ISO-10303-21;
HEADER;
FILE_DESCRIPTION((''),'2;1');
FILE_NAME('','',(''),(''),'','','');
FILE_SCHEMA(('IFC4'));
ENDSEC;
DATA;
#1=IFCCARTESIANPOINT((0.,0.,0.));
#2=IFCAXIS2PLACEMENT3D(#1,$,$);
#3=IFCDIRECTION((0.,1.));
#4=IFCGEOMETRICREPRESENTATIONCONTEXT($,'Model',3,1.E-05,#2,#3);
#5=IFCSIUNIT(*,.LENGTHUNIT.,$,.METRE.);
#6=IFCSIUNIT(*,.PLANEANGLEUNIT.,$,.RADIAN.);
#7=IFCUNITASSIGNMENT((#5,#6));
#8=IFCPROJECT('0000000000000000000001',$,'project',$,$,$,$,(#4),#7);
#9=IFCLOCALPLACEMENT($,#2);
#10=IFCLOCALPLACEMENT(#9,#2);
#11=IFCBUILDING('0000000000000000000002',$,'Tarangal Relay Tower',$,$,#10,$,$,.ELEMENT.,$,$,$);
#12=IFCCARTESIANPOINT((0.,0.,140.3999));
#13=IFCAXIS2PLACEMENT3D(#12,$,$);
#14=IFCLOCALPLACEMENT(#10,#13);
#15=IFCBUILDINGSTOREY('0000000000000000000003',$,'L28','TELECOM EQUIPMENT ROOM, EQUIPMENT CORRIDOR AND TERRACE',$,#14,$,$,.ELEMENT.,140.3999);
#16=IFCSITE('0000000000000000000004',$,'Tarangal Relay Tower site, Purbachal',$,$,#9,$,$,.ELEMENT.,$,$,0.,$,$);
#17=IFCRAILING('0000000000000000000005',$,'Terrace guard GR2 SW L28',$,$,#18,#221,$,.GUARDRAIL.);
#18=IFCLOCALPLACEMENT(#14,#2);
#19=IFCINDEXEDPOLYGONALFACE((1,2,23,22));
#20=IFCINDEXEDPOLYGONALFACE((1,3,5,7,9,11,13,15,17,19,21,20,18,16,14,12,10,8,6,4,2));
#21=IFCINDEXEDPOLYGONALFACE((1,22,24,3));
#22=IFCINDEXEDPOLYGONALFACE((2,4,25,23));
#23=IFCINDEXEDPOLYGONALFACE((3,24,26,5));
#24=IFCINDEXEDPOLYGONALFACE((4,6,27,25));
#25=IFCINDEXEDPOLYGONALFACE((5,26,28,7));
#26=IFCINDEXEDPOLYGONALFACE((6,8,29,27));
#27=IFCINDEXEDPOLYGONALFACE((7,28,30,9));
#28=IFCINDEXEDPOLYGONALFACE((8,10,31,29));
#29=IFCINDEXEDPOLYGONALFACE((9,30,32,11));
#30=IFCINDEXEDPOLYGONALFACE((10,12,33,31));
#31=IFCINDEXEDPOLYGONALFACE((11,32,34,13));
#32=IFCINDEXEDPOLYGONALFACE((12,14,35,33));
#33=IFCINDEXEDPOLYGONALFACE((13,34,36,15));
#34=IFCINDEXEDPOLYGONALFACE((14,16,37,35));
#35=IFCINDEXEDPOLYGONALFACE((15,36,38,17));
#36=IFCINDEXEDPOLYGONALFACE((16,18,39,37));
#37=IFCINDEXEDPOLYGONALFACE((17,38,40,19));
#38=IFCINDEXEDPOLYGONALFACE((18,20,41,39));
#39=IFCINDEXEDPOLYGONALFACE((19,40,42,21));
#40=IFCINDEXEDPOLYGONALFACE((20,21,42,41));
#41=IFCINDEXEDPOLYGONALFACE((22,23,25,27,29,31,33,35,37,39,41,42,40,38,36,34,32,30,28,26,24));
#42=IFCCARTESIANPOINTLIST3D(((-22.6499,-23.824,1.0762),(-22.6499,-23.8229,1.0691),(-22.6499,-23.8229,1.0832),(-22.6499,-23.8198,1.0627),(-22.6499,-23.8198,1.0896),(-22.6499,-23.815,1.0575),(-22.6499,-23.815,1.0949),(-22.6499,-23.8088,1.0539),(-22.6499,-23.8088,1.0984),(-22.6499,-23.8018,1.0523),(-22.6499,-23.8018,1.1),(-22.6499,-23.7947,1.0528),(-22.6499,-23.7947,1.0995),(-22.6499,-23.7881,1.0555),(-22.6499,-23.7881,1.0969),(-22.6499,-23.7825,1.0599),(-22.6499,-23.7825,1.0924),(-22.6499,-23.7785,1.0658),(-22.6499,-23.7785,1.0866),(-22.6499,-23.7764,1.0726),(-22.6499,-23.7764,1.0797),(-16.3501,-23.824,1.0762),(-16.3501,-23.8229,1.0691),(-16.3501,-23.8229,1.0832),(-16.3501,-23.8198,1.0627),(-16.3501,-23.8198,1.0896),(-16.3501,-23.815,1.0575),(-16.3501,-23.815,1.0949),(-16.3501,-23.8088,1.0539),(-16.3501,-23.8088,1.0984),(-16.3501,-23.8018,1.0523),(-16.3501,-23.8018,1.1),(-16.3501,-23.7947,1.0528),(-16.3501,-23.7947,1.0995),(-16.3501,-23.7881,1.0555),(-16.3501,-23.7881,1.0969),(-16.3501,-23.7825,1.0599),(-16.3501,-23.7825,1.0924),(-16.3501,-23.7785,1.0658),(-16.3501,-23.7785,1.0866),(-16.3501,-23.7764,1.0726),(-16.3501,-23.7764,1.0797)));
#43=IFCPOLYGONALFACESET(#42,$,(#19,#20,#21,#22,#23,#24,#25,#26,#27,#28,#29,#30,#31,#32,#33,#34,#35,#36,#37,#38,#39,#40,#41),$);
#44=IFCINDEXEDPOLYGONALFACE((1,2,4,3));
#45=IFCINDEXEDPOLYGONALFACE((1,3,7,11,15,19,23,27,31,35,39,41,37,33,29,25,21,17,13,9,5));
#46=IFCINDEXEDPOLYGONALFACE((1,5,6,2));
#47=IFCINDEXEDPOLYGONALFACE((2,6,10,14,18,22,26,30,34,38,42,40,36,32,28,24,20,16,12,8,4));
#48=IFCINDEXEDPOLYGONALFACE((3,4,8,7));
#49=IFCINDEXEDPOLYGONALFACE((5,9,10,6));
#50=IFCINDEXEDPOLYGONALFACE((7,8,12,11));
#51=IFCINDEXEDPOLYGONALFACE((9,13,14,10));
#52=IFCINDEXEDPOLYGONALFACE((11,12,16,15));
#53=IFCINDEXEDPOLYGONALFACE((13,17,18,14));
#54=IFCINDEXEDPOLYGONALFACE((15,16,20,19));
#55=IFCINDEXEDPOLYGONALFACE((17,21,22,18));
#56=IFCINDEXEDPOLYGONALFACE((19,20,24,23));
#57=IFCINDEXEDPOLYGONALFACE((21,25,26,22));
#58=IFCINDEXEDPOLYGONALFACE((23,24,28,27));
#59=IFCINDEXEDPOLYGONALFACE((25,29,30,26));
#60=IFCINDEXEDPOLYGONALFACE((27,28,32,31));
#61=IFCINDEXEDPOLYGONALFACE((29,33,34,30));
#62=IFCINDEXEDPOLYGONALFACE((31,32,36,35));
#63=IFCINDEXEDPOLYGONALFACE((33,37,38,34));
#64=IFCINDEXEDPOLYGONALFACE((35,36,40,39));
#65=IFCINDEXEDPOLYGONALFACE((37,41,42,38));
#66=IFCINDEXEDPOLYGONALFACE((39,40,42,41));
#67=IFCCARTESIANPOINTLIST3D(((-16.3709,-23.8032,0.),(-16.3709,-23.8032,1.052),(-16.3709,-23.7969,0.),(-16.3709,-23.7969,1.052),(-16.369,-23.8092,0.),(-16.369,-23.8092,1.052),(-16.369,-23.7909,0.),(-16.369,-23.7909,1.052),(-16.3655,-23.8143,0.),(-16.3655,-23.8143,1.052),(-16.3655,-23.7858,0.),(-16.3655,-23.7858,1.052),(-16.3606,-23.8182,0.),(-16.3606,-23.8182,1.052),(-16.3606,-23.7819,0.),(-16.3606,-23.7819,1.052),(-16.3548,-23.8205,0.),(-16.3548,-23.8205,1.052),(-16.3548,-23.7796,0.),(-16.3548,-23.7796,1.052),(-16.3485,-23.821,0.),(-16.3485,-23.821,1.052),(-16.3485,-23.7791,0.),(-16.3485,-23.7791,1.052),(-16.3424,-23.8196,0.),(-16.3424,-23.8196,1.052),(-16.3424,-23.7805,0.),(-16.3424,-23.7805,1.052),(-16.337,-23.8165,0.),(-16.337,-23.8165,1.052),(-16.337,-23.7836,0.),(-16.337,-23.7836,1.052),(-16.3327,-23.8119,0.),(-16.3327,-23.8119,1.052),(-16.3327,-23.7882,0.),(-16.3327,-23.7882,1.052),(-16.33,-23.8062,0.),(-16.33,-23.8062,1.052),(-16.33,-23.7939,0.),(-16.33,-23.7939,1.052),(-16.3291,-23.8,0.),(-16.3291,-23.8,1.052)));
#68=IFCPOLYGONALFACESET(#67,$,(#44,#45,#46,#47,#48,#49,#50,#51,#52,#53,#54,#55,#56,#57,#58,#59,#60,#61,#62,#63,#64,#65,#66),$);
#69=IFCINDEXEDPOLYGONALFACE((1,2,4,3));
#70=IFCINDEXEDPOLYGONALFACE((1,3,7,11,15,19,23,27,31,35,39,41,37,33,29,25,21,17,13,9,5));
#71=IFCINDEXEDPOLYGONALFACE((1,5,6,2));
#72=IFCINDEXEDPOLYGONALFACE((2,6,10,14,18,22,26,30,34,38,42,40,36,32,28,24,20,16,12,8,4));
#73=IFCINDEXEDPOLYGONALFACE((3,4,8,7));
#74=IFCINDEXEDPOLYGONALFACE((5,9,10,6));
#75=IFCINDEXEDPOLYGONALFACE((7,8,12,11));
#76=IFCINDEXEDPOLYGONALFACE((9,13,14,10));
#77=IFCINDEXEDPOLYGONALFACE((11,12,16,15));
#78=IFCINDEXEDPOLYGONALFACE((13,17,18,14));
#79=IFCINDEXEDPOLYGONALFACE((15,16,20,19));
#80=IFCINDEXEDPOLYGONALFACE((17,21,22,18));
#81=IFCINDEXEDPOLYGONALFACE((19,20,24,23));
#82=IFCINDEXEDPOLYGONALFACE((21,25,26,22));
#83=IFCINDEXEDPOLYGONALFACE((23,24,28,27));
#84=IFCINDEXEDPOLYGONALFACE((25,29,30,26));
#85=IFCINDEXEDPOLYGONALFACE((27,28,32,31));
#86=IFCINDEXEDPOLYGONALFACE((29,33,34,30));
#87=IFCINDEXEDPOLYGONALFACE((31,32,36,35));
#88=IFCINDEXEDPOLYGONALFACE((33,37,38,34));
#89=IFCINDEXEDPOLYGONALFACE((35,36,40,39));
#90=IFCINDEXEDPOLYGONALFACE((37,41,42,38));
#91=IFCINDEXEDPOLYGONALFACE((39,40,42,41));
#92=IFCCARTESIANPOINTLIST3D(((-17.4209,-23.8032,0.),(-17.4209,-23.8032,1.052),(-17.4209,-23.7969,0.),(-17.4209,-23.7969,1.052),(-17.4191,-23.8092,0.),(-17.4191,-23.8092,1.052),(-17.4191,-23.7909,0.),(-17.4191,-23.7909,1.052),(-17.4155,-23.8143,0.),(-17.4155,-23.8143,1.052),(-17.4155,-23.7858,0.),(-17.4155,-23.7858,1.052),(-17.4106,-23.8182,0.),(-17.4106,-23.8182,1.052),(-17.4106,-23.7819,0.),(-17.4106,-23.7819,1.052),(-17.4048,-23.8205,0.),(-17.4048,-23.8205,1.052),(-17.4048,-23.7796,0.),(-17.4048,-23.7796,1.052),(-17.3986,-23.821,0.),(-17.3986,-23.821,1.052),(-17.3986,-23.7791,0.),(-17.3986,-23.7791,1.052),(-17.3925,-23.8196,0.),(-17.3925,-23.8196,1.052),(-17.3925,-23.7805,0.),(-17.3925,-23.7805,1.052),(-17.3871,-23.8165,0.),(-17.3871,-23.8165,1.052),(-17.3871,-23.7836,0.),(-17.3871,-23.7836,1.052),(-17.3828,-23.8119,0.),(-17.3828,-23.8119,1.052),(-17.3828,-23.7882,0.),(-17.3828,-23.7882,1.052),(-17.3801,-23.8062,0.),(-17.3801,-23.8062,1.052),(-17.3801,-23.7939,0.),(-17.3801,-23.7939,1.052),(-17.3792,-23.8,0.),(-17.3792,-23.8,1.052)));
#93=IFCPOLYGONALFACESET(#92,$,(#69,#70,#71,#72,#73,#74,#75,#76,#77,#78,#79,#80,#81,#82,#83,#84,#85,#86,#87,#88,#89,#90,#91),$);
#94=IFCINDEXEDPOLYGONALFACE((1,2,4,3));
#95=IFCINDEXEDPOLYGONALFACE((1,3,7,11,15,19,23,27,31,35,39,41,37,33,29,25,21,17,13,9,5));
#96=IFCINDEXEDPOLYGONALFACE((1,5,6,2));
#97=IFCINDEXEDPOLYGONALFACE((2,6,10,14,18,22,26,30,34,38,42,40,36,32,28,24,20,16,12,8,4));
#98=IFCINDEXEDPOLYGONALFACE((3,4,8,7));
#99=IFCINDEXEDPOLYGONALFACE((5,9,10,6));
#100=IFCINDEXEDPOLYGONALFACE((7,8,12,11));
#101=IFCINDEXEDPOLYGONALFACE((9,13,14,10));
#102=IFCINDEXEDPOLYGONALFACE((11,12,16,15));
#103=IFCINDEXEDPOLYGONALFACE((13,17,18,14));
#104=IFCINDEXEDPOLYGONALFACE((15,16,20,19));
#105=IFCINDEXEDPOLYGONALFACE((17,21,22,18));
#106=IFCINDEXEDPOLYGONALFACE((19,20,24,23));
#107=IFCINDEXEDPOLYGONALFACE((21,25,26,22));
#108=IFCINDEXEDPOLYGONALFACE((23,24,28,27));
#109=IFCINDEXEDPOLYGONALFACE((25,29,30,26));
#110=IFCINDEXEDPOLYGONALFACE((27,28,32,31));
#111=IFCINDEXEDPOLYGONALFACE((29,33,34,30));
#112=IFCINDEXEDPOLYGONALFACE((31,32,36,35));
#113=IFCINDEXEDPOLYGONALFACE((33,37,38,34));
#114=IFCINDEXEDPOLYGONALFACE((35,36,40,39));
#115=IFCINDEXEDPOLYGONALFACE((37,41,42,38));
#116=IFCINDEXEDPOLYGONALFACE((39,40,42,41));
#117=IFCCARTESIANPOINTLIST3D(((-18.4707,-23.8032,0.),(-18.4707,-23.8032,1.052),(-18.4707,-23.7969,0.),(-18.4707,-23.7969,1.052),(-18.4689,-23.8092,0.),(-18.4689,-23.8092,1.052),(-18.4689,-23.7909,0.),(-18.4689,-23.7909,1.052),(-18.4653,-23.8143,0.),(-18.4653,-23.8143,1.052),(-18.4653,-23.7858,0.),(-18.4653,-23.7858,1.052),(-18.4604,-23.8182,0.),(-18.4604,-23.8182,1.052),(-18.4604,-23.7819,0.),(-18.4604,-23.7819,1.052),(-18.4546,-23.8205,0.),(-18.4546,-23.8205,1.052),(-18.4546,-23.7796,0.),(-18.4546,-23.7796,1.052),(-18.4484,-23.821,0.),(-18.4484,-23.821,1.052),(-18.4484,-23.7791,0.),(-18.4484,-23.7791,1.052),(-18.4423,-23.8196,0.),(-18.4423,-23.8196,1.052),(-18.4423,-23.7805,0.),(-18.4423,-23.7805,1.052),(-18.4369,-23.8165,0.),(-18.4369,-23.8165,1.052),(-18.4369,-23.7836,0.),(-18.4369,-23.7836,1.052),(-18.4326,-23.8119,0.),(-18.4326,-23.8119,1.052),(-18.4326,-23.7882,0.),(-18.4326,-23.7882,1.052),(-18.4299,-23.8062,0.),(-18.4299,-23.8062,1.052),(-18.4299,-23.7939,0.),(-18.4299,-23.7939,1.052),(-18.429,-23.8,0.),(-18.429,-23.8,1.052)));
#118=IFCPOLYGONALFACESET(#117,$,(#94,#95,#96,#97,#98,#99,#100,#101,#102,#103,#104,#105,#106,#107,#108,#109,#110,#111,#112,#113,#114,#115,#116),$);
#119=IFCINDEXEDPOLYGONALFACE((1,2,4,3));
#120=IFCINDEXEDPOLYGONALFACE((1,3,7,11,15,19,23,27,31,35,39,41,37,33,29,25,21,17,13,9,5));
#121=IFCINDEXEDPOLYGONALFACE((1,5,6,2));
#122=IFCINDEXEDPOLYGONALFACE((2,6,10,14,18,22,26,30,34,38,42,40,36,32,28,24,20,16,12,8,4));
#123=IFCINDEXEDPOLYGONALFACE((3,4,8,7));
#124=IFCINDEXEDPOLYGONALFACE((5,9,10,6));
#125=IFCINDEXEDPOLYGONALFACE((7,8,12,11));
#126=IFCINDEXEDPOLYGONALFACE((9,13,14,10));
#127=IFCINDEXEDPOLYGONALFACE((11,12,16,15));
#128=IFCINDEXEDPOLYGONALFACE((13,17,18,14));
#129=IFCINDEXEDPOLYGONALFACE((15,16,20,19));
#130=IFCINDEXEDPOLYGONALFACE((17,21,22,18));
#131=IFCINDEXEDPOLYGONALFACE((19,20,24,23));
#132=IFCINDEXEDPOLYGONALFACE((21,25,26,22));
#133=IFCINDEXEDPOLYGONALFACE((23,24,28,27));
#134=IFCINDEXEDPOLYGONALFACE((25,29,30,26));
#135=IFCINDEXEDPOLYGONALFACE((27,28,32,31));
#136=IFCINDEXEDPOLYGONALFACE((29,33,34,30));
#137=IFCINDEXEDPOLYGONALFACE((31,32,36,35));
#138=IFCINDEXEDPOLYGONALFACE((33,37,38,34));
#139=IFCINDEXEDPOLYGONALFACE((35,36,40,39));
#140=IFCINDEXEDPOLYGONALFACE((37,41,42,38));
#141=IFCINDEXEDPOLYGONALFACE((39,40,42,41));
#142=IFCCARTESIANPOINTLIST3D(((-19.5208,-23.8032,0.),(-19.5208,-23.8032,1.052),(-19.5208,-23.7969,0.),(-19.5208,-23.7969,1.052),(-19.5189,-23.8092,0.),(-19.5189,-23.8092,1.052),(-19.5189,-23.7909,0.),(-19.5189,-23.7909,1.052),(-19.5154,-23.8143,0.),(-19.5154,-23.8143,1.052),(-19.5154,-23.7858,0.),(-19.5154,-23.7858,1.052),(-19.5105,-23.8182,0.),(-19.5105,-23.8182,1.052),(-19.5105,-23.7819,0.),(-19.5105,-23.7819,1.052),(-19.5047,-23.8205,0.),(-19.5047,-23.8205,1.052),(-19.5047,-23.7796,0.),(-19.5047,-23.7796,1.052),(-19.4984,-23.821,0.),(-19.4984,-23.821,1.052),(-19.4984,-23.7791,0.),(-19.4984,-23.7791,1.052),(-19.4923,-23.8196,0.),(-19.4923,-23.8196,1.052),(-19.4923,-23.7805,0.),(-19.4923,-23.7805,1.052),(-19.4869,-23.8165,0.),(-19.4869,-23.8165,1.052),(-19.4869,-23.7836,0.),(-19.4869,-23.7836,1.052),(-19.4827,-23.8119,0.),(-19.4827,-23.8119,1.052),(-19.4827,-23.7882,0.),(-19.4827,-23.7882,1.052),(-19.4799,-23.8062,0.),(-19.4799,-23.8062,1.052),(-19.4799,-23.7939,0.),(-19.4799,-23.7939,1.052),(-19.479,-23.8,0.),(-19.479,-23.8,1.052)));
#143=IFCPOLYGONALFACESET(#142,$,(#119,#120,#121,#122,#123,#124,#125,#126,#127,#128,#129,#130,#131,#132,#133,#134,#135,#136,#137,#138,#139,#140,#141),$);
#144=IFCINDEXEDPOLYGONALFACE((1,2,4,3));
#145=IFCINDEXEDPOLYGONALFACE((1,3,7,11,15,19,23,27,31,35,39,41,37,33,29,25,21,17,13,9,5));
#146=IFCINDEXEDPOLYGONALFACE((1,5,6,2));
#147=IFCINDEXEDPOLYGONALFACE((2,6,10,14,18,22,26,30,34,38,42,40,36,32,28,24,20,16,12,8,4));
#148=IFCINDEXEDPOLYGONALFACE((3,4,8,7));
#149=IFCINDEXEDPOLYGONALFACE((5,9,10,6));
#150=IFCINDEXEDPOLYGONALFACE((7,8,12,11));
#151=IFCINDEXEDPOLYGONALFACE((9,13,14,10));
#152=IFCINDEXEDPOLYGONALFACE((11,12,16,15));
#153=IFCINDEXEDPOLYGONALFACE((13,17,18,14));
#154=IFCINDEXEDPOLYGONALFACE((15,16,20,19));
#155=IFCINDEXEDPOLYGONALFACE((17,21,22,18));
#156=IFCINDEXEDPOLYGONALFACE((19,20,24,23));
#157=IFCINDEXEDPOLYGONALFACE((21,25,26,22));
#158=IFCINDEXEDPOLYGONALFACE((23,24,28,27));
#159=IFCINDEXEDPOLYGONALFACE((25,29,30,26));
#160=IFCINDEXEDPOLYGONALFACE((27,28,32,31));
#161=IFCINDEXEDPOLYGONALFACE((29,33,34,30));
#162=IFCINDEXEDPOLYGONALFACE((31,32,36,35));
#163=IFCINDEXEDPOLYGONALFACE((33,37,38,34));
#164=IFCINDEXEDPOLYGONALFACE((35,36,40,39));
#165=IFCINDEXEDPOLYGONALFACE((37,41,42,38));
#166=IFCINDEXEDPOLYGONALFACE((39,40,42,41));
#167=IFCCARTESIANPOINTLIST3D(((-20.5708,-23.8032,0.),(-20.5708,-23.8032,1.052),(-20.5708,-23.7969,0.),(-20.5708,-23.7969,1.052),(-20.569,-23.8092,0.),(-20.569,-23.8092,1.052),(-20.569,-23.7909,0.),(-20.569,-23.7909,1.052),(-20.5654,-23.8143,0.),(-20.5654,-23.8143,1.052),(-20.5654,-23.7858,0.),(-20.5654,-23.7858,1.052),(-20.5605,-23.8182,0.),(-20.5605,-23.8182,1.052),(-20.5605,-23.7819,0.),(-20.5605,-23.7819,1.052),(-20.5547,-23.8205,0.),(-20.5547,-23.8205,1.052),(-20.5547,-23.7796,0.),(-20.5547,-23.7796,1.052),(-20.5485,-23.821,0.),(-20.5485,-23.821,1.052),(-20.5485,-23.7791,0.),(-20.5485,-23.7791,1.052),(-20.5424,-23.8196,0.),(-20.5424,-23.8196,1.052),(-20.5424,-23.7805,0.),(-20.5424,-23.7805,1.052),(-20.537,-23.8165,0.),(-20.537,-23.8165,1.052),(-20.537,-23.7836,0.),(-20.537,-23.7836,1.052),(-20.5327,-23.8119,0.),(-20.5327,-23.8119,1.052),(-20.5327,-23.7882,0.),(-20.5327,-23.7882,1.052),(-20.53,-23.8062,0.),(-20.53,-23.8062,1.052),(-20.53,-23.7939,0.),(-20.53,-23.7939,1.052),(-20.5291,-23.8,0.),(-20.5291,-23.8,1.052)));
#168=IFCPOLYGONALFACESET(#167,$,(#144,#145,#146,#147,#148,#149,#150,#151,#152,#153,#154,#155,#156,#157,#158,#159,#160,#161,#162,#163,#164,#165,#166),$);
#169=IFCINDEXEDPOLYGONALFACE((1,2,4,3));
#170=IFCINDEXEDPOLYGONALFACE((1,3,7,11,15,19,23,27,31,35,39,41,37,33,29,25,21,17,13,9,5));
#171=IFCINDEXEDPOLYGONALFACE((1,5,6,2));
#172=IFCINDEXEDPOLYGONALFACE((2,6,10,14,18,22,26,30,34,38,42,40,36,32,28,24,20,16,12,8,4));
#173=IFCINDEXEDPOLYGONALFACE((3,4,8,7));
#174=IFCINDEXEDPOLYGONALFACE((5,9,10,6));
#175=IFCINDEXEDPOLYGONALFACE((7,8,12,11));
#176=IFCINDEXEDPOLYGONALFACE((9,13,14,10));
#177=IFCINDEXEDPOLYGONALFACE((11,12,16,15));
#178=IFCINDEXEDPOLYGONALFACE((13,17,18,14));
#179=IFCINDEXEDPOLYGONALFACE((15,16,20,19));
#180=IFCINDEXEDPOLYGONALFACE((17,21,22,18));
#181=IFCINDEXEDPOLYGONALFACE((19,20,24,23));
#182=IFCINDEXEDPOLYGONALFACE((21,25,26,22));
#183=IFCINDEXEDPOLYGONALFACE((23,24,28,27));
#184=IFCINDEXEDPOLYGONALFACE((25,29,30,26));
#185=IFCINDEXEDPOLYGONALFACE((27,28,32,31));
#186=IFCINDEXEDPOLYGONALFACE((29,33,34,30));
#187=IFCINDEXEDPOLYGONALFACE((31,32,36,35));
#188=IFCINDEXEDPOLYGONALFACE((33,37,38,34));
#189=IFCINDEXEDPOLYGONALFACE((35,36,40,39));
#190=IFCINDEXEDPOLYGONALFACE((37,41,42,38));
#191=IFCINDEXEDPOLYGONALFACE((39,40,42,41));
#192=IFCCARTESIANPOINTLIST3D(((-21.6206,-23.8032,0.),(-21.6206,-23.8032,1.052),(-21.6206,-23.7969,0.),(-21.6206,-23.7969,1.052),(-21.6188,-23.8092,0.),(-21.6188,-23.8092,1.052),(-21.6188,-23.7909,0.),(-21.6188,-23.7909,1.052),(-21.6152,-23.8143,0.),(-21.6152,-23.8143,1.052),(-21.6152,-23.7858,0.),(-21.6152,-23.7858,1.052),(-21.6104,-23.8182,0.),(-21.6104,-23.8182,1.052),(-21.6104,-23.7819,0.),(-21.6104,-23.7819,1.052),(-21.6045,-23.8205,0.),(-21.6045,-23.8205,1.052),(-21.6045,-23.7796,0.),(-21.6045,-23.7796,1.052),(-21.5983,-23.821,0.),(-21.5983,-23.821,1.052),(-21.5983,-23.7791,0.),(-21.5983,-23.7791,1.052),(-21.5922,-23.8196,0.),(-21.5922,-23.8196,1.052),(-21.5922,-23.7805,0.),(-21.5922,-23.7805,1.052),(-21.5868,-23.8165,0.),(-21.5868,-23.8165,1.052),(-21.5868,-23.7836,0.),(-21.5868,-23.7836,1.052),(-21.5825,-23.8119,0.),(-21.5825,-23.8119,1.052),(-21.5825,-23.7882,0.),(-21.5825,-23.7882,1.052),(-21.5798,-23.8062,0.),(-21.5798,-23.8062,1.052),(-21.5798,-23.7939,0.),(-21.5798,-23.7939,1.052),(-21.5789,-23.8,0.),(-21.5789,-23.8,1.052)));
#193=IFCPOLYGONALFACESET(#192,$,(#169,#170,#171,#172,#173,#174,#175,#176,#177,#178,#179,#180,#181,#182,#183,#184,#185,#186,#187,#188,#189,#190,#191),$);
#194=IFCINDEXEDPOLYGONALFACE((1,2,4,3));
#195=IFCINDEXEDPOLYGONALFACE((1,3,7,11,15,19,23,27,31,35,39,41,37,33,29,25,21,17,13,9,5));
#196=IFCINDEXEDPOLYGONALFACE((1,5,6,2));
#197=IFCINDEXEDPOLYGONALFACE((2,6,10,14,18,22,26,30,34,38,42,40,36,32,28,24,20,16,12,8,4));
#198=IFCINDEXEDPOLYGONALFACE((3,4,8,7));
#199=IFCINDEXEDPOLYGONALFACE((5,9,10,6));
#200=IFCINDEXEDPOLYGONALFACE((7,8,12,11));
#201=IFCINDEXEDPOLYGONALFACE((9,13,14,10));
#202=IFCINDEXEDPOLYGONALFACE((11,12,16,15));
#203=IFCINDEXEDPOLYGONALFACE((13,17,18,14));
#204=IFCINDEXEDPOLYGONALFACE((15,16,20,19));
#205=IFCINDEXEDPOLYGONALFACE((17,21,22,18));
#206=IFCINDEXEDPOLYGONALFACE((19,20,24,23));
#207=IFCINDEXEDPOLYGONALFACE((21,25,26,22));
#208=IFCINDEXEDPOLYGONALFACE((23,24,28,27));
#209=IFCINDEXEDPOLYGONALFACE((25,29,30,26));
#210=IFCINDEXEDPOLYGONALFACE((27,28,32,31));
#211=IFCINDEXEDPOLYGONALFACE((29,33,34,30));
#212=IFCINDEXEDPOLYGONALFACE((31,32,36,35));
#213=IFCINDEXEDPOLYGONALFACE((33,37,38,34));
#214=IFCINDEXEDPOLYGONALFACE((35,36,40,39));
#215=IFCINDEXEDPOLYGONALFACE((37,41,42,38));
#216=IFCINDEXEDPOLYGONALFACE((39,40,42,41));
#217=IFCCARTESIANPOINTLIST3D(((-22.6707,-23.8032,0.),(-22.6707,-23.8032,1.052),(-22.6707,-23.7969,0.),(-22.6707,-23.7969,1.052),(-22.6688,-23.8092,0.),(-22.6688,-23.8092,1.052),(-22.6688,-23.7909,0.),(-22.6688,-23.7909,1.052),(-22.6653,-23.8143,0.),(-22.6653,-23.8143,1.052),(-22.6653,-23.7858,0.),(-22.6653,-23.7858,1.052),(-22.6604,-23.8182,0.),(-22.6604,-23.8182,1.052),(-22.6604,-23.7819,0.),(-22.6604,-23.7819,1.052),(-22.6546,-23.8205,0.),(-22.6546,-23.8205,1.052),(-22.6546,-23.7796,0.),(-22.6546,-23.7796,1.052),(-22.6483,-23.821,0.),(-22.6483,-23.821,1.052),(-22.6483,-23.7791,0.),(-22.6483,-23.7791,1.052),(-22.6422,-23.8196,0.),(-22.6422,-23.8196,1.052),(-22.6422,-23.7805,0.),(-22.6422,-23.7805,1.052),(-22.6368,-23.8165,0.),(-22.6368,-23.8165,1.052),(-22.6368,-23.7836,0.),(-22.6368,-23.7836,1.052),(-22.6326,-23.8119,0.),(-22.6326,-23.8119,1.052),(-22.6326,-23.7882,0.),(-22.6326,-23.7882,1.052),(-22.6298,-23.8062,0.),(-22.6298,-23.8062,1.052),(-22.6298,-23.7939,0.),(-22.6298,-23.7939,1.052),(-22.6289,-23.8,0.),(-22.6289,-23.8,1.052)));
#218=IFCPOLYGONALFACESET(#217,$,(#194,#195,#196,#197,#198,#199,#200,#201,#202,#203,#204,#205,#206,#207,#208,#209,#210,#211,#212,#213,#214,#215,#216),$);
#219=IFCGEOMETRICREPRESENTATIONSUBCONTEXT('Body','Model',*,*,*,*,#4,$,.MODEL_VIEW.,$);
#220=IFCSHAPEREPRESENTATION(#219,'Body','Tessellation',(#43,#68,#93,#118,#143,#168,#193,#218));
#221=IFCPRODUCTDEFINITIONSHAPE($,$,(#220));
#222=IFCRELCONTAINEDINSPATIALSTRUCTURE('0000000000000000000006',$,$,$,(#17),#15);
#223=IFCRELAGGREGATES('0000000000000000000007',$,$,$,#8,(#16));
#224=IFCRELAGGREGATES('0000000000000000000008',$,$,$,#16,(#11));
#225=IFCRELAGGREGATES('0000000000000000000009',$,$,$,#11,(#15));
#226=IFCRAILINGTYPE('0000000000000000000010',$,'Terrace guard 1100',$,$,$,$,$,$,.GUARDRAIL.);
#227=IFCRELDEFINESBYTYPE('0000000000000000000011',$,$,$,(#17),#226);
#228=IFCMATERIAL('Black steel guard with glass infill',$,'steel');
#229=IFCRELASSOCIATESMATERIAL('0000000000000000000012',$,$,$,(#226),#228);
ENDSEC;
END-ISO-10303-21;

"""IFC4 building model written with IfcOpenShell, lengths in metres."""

from ifc_helpers import new_model, si_unit, direction, frame, origin, origin_2d, place, context, subcontext, project, spatial, circle, extrude, material, type_object, element, save


model = new_model("IFC4")

# Units and contexts
model_context = context("Model", 3, precision=1e-05, world=origin(), true_north=direction((0.0, 1.0)))
body_context = subcontext(model_context, "Body", "Model", "MODEL_VIEW")
ifc_project = project(units=[si_unit("LENGTHUNIT", "METRE"), si_unit("PLANEANGLEUNIT", "RADIAN")], contexts=[model_context])

# Site, building, storey
site_placement = place(None, origin())
site = spatial("IfcSite", under=ifc_project, at=site_placement, Name="Tarangal Relay Tower site, Purbachal", CompositionType="ELEMENT", RefElevation=0.0)
building_placement = place(site_placement, origin())
building = spatial("IfcBuilding", under=site, at=building_placement, Name="Tarangal Relay Tower", CompositionType="ELEMENT")
storey_placement = place(building_placement, frame((0.0, 0.0, 140.3999)))
storey = spatial("IfcBuildingStorey", under=building, at=storey_placement, Name="L28", Description="TELECOM EQUIPMENT ROOM, EQUIPMENT CORRIDOR AND TERRACE", CompositionType="ELEMENT", Elevation=140.3999)

# Railing
ifc_material_1 = material(Name="Black steel guard with glass infill", Category="steel")
railing_type = type_object("IfcRailingType", Name="Terrace guard 1100", PredefinedType="GUARDRAIL", material=ifc_material_1)
railing_placement = place(storey_placement, frame((-16.3501, -23.8, 0.0)))
element("IfcRailing", 1, at=railing_placement, inside=storey, type_object=railing_type, Name="Terrace guard GR2 SW L28", PredefinedType="GUARDRAIL", context=body_context, shape_type="SweptSolid", body=[
    extrude(circle(Radius=0.0239, at=origin_2d()), frame((0.0, 0.0, 1.0762), z_axis=(-1.0, 0.0, 0.0), x_axis=(0.0, -1.0, 0.0)), (0.0, 0.0, 1.0), 6.2998),
    extrude(circle(Radius=0.021, at=origin_2d()), origin(), (0.0, 0.0, 1.0), 1.052),
    extrude(circle(Radius=0.021, at=origin_2d()), frame((-1.05, 0.0, 0.0)), (0.0, 0.0, 1.0), 1.052),
    extrude(circle(Radius=0.021, at=origin_2d()), frame((-2.0999, 0.0, 0.0)), (0.0, 0.0, 1.0), 1.052),
    extrude(circle(Radius=0.021, at=origin_2d()), frame((-3.1499, 0.0, 0.0)), (0.0, 0.0, 1.0), 1.052),
    extrude(circle(Radius=0.021, at=origin_2d()), frame((-4.2, 0.0, 0.0)), (0.0, 0.0, 1.0), 1.052),
    extrude(circle(Radius=0.021, at=origin_2d()), frame((-5.2498, 0.0, 0.0)), (0.0, 0.0, 1.0), 1.052),
    extrude(circle(Radius=0.021, at=origin_2d()), frame((-6.2998, 0.0, 0.0)), (0.0, 0.0, 1.0), 1.052),
])

save(model, "model.ifc")
